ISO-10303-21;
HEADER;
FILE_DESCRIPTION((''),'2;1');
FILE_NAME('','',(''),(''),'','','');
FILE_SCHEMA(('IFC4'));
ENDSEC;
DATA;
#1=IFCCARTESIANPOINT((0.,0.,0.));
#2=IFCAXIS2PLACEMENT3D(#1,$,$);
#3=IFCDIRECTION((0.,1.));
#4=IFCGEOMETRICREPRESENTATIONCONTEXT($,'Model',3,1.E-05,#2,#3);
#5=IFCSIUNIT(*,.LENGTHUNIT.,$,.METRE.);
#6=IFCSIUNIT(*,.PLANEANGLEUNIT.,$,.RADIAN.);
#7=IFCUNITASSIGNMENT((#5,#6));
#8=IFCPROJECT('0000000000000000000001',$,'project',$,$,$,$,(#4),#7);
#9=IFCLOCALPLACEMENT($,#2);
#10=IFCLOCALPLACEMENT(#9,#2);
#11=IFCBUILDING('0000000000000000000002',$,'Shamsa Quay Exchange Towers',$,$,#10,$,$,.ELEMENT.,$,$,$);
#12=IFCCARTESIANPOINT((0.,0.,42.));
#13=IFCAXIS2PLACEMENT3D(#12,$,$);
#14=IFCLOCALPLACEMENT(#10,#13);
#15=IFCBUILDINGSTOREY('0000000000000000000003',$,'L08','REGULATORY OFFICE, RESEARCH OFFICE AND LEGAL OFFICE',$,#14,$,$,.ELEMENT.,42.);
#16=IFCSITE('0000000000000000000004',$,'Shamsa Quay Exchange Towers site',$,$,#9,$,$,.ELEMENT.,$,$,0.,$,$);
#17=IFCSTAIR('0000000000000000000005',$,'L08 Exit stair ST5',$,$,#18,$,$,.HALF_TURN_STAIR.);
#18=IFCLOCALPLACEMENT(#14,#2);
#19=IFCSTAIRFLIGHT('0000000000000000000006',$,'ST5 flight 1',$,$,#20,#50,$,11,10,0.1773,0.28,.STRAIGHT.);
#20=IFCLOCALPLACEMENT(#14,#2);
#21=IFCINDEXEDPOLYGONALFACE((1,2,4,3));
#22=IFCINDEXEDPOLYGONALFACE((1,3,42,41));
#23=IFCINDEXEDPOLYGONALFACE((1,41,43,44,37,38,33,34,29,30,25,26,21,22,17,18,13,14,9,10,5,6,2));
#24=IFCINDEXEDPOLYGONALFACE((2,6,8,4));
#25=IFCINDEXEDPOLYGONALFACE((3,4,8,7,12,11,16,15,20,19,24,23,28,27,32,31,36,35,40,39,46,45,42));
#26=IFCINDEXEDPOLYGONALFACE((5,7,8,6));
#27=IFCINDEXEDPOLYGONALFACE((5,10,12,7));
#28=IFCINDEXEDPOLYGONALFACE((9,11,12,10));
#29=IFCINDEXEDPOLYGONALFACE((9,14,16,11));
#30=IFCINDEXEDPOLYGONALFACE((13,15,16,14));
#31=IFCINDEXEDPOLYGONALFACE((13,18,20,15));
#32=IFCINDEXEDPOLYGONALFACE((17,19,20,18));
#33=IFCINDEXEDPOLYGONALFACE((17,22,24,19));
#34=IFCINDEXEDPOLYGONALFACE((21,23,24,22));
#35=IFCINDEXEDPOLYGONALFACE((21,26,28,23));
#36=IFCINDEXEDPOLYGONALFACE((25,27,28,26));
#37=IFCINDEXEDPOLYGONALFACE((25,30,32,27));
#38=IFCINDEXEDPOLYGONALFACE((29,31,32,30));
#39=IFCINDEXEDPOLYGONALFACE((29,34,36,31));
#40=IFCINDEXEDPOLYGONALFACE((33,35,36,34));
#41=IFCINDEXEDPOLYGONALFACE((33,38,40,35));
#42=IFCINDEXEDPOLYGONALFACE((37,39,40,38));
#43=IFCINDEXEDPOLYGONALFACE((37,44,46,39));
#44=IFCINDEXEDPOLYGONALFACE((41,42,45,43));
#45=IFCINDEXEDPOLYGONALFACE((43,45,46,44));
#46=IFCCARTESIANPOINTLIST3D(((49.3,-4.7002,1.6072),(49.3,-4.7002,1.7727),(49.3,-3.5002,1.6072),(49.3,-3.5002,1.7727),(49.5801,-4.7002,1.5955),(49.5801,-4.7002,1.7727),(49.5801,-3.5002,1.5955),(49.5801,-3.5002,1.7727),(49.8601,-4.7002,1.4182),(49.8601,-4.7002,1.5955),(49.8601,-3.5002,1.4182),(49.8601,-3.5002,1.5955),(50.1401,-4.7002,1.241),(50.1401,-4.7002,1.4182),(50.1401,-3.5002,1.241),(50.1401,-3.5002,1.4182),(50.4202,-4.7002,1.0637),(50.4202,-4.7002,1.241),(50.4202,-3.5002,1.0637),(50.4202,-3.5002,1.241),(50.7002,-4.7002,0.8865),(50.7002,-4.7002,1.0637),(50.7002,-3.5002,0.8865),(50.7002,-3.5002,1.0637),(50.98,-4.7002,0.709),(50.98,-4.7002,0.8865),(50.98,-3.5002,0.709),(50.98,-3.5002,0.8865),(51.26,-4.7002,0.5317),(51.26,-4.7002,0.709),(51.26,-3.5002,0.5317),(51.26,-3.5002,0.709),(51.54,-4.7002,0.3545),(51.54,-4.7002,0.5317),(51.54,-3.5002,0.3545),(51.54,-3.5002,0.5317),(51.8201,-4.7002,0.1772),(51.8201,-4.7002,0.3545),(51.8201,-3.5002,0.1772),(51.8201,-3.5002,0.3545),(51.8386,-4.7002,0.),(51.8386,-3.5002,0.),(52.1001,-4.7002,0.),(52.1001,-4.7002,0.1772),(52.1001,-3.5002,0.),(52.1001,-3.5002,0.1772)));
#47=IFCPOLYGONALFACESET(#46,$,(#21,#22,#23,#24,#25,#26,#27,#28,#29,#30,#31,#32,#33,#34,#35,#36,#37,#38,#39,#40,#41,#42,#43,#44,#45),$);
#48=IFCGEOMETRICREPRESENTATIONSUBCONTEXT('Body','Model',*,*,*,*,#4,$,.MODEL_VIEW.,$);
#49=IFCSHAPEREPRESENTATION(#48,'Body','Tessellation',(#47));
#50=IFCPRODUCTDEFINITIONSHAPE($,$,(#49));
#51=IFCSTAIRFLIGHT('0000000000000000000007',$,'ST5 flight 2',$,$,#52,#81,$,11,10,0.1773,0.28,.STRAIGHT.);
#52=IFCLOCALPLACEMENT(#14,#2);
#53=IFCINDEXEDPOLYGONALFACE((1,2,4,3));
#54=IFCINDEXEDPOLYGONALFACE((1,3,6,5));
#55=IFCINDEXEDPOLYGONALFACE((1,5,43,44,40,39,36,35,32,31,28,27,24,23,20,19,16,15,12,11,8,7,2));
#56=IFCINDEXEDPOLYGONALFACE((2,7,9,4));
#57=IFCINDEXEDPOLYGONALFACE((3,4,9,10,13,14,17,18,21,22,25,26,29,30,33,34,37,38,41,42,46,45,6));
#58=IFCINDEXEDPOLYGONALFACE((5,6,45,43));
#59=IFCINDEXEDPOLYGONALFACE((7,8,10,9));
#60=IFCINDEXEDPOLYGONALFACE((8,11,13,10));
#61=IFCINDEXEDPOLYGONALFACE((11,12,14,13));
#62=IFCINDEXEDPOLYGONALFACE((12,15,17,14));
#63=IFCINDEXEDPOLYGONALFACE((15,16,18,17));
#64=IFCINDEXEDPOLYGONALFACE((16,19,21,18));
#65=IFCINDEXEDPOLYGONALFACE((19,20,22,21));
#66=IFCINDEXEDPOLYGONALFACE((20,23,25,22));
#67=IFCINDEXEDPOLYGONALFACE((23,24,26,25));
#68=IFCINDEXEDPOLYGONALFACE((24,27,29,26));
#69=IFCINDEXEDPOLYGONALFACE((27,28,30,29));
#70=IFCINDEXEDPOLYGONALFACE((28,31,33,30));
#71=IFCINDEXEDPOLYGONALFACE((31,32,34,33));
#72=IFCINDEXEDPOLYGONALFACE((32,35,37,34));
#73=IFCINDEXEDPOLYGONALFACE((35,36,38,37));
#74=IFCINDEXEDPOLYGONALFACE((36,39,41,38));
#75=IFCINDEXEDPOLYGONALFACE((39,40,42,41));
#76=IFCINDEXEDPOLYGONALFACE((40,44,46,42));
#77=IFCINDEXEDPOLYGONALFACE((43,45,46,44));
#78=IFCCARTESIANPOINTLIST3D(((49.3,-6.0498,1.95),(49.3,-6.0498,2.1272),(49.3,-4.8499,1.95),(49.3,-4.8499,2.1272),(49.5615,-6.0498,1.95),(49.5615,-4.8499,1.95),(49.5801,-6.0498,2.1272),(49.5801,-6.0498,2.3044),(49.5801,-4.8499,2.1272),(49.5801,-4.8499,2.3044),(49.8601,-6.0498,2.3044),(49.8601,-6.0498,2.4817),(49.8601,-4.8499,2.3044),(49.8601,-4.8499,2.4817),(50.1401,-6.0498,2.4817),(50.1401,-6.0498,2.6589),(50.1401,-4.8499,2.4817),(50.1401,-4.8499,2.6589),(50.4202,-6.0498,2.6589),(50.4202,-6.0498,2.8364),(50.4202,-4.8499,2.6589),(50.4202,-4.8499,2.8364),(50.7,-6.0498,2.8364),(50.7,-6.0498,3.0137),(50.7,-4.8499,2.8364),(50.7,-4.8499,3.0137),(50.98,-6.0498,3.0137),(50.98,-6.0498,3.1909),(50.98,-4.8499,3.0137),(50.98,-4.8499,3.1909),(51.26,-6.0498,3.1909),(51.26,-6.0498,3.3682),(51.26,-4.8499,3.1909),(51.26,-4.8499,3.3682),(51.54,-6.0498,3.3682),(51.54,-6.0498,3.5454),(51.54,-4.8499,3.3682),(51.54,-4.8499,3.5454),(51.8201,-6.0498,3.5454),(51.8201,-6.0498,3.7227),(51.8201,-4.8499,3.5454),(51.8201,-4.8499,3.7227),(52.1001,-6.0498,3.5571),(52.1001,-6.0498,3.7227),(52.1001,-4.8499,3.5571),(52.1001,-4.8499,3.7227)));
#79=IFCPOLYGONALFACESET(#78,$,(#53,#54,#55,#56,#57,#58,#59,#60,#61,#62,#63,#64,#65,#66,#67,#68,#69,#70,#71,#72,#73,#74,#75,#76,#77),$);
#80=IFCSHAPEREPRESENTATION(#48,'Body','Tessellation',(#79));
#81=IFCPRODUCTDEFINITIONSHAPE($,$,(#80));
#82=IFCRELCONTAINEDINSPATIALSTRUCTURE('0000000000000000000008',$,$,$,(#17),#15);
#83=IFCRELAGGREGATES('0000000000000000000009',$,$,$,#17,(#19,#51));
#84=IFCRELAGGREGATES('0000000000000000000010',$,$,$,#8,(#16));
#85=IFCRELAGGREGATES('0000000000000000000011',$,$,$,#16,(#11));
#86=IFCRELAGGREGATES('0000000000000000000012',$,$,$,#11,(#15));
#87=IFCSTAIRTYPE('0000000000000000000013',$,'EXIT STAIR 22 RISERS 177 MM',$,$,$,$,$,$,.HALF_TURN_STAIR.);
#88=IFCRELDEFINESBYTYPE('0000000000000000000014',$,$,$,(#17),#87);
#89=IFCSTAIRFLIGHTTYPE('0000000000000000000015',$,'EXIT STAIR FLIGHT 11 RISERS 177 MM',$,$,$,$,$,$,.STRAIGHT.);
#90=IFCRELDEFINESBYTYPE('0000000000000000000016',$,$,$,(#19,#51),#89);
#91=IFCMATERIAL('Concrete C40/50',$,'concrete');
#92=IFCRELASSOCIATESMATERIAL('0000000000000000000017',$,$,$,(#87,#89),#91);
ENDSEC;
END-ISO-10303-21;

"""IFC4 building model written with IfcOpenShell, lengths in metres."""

from ifc_helpers import new_model, si_unit, direction, frame, origin, place, context, subcontext, project, spatial, polyline, outline, extrude, material, type_object, element, aggregate, save


model = new_model("IFC4")

# Units and contexts
model_context = context("Model", 3, precision=1e-05, world=origin(), true_north=direction((0.0, 1.0)))
body_context = subcontext(model_context, "Body", "Model", "MODEL_VIEW")
ifc_project = project(units=[si_unit("LENGTHUNIT", "METRE"), si_unit("PLANEANGLEUNIT", "RADIAN")], contexts=[model_context])

# Site, building, storey
site_placement = place(None, origin())
site = spatial("IfcSite", under=ifc_project, at=site_placement, Name="Shamsa Quay Exchange Towers site", CompositionType="ELEMENT", RefElevation=0.0)
building_placement = place(site_placement, origin())
building = spatial("IfcBuilding", under=site, at=building_placement, Name="Shamsa Quay Exchange Towers", CompositionType="ELEMENT")
storey_placement = place(building_placement, frame((0.0, 0.0, 42.0)))
storey = spatial("IfcBuildingStorey", under=building, at=storey_placement, Name="L08", Description="REGULATORY OFFICE, RESEARCH OFFICE AND LEGAL OFFICE", CompositionType="ELEMENT", Elevation=42.0)

# Stair, stair flights
ifc_material_1 = material(Name="Concrete C40/50", Category="concrete")
stair_type = type_object("IfcStairType", Name="EXIT STAIR 22 RISERS 177 MM", PredefinedType="HALF_TURN_STAIR", material=ifc_material_1)
stair_placement = place(storey_placement, origin())
stair = element("IfcStair", 1, at=stair_placement, inside=storey, type_object=stair_type, Name="L08 Exit stair ST5", PredefinedType="HALF_TURN_STAIR")
stair_flight_type = type_object("IfcStairFlightType", Name="EXIT STAIR FLIGHT 11 RISERS 177 MM", PredefinedType="STRAIGHT", material=ifc_material_1)
stair_flight_1_placement = place(storey_placement, frame((52.1001, -4.1001, 0.0), z_axis=(0.0, 0.0, 1.0), x_axis=(-1.0, 0.0, 0.0)))
stair_flight_1 = element("IfcStairFlight", 2, at=stair_flight_1_placement, type_object=stair_flight_type, Name="ST5 flight 1", NumberOfRisers=11, NumberOfTreads=10, PredefinedType="STRAIGHT", RiserHeight=0.1773, TreadLength=0.28, context=body_context, shape_type="SweptSolid", body=[
    extrude(outline(polyline([(0.0, 0.0), (0.0, 0.1772), (0.28, 0.1772), (0.28, 0.3545), (0.5601, 0.3545), (0.5601, 0.5317), (0.8401, 0.5317), (0.8401, 0.709), (1.1201, 0.709), (1.1201, 0.8865), (1.3999, 0.8865), (1.3999, 1.0637), (1.6799, 1.0637), (1.6799, 1.241), (1.96, 1.241), (1.96, 1.4182), (2.24, 1.4182), (2.24, 1.5955), (2.52, 1.5955), (2.52, 1.7727), (2.8, 1.7727), (2.8, 1.95), (2.8, 1.6072), (0.2615, 0.0), (0.0, 0.0)])), frame((0.0, 0.6001, 0.0), z_axis=(0.0, -1.0, 0.0), x_axis=(1.0, 0.0, 0.0)), (0.0, 0.0, 1.0), 1.2),
])
stair_flight_2_placement = place(storey_placement, frame((49.3, -5.45, 1.95)))
stair_flight_2 = element("IfcStairFlight", 3, at=stair_flight_2_placement, type_object=stair_flight_type, Name="ST5 flight 2", NumberOfRisers=11, NumberOfTreads=10, PredefinedType="STRAIGHT", RiserHeight=0.1773, TreadLength=0.28, context=body_context, shape_type="SweptSolid", body=[
    extrude(outline(polyline([(0.0, 0.0), (0.0, 0.1772), (0.28, 0.1772), (0.28, 0.3545), (0.5601, 0.3545), (0.5601, 0.5317), (0.8401, 0.5317), (0.8401, 0.709), (1.1201, 0.709), (1.1201, 0.8865), (1.3999, 0.8865), (1.3999, 1.0637), (1.6799, 1.0637), (1.6799, 1.241), (1.96, 1.241), (1.96, 1.4182), (2.24, 1.4182), (2.24, 1.5955), (2.52, 1.5955), (2.52, 1.7727), (2.8, 1.7727), (2.8, 1.95), (2.8, 1.6072), (0.2615, 0.0), (0.0, 0.0)])), frame((0.0, 0.6001, 0.0), z_axis=(0.0, -1.0, 0.0), x_axis=(1.0, 0.0, 0.0)), (0.0, 0.0, 1.0), 1.2),
])
aggregate(stair, [stair_flight_1, stair_flight_2])

save(model, "model.ifc")
